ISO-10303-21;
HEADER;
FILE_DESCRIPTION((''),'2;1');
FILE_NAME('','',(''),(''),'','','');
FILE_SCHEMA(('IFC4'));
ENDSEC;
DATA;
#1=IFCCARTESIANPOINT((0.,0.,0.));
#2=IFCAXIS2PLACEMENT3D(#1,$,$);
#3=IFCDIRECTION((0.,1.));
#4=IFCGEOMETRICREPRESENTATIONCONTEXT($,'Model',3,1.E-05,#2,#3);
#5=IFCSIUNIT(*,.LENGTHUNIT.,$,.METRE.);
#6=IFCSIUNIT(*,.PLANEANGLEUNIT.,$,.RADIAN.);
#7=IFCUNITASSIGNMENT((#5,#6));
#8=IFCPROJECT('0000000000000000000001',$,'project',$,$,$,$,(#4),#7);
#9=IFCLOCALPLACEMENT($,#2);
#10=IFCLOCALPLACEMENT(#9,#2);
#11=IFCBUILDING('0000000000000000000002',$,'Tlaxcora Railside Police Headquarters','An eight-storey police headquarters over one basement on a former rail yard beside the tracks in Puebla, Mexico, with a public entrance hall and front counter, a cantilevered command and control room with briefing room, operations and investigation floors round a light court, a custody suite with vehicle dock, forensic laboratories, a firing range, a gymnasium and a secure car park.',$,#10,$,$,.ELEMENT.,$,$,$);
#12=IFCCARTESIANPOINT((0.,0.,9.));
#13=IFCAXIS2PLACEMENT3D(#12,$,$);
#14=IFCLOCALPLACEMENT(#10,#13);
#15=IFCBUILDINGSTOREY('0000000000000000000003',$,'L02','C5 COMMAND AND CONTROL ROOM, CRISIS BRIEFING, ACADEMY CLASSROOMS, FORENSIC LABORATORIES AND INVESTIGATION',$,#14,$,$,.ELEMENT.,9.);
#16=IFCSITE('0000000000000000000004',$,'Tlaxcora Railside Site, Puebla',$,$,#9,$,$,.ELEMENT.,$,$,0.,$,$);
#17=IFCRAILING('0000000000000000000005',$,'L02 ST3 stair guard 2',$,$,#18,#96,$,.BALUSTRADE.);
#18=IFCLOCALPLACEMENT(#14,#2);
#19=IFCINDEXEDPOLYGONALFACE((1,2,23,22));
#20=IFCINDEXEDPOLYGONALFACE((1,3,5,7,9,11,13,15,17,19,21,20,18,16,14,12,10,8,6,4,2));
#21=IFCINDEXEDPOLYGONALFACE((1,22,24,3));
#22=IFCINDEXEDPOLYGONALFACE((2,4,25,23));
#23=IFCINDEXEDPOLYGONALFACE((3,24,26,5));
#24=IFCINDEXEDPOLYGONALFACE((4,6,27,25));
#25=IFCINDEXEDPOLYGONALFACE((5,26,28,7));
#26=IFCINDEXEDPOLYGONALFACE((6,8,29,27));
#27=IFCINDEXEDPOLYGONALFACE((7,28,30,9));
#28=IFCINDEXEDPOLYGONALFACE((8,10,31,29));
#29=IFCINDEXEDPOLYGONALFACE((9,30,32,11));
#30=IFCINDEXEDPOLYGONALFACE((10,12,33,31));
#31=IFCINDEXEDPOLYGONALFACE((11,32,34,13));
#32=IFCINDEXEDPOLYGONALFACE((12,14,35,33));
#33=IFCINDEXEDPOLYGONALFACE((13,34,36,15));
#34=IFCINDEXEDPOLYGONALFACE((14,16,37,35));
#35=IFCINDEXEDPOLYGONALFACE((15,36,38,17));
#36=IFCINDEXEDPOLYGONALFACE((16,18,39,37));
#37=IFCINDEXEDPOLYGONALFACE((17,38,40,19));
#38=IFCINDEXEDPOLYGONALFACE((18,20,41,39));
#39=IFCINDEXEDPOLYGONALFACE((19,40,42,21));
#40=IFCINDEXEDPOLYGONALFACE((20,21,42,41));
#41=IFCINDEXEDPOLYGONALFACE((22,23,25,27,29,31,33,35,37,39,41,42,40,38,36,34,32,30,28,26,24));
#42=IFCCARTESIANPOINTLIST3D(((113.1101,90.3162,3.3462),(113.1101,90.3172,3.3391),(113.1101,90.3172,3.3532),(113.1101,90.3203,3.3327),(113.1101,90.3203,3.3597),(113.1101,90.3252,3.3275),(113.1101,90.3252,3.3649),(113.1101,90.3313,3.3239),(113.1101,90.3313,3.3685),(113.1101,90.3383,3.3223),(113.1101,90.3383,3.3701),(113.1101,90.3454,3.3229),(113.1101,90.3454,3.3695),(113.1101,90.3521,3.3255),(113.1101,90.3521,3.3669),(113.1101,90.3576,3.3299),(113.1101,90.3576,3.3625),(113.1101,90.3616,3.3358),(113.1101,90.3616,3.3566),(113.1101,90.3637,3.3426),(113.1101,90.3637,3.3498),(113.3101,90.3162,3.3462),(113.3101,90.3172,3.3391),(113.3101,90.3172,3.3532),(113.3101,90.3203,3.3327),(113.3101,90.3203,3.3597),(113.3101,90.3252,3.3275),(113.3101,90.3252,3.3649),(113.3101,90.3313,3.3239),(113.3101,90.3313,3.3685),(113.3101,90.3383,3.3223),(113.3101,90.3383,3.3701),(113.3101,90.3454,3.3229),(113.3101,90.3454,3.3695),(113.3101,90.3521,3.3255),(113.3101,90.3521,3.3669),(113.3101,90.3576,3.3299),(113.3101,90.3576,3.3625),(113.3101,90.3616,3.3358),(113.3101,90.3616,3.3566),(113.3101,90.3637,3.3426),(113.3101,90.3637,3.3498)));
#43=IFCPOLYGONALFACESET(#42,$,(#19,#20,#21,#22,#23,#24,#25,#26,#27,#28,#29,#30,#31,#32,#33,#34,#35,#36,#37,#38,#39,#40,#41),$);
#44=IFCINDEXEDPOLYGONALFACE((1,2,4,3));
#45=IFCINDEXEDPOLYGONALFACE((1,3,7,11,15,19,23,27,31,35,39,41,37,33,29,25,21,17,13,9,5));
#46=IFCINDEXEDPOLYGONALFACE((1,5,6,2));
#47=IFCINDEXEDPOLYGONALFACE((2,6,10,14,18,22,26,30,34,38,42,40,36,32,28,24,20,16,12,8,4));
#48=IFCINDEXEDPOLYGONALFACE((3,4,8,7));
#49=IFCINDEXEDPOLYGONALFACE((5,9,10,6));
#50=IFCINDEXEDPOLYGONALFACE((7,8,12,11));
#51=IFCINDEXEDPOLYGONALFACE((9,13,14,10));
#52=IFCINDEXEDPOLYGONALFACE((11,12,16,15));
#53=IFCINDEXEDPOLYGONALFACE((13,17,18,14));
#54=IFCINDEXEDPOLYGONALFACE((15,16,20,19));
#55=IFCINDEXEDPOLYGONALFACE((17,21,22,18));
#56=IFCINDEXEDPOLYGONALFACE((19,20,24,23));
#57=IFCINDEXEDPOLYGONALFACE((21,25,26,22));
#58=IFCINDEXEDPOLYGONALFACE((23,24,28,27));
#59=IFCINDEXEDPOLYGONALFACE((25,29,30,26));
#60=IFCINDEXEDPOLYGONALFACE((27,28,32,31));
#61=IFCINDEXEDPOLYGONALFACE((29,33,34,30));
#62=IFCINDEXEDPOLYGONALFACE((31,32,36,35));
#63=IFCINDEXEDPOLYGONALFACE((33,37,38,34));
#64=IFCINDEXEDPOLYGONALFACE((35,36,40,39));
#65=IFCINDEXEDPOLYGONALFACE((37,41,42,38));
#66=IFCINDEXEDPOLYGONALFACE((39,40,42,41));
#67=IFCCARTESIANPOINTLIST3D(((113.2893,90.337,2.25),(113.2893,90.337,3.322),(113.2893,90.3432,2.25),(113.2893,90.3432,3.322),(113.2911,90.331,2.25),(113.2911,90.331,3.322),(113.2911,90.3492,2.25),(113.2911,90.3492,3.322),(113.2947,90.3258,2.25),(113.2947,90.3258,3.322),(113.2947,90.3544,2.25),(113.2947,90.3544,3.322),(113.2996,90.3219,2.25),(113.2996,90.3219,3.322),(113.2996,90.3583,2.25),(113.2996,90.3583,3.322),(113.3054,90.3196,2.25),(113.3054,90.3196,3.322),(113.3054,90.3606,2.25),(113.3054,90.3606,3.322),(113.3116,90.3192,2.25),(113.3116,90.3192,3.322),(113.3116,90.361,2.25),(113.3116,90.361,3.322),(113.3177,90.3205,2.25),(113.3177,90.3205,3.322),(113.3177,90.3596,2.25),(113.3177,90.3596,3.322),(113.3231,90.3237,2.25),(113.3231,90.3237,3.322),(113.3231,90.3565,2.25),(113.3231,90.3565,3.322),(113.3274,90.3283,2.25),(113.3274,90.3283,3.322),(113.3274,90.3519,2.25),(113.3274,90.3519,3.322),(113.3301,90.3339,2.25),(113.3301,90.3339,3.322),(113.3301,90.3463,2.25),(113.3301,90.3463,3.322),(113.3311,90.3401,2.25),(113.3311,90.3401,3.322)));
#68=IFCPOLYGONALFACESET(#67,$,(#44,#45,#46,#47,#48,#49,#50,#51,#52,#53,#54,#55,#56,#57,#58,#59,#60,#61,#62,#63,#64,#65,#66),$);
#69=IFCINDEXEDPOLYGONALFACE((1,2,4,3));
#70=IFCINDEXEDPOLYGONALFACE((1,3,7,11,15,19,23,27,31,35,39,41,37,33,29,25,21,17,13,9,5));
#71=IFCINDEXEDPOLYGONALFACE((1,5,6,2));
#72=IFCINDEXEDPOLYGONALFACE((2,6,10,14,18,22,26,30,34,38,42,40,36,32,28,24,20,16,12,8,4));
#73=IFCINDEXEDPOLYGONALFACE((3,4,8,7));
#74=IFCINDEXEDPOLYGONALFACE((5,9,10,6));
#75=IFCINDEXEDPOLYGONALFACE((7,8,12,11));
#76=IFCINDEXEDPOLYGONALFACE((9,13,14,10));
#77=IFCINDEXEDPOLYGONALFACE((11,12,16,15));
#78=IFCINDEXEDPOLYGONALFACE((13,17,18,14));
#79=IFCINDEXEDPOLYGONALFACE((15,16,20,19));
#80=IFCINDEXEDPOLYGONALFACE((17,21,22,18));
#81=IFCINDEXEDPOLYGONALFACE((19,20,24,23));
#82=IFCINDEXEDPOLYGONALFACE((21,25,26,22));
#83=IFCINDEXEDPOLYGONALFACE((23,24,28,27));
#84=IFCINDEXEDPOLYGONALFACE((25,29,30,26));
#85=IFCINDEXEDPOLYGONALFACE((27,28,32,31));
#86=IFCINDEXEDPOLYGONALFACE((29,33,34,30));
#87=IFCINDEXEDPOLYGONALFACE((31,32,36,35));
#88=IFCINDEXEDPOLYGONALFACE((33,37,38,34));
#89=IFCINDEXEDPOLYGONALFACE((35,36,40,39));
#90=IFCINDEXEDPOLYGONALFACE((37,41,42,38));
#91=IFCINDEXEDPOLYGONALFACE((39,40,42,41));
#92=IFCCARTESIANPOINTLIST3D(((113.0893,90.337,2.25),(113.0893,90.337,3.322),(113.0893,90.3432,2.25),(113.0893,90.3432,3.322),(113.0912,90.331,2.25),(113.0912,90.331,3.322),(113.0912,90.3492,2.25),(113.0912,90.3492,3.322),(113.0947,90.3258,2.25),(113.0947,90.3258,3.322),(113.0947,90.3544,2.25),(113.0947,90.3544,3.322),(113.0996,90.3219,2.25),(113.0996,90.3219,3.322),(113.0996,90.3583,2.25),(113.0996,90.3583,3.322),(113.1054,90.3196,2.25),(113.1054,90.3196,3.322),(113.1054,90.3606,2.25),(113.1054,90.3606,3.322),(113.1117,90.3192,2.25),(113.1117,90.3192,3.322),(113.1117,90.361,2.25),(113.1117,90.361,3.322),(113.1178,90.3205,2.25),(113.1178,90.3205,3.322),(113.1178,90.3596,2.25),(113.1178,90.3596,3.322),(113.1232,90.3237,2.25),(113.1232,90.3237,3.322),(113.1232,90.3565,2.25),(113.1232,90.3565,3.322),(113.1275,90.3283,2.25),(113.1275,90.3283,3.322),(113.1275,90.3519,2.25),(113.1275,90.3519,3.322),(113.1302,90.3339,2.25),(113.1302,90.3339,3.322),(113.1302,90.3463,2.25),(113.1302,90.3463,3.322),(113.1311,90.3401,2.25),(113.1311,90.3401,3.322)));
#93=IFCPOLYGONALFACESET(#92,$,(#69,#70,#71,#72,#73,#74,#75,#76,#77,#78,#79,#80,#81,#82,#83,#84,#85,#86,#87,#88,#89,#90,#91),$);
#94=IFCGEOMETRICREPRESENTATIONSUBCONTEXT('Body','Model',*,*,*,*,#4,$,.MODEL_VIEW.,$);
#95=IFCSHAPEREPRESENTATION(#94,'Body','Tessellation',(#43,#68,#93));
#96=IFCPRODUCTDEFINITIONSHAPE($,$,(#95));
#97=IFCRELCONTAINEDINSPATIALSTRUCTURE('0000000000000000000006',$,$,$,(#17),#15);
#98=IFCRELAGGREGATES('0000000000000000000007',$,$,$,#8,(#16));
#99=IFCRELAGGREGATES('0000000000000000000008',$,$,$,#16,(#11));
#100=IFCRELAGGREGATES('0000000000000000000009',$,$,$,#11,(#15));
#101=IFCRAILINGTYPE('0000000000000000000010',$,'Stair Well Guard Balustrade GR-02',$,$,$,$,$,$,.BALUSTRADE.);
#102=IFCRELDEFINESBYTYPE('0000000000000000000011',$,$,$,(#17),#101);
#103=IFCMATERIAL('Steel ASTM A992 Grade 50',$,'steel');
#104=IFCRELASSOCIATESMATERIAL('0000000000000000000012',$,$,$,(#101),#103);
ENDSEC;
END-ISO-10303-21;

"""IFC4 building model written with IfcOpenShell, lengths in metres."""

from ifc_helpers import new_model, si_unit, direction, frame, origin, origin_2d, place, context, subcontext, project, spatial, circle, extrude, material, type_object, element, save


model = new_model("IFC4")

# Units and contexts
model_context = context("Model", 3, precision=1e-05, world=origin(), true_north=direction((0.0, 1.0)))
body_context = subcontext(model_context, "Body", "Model", "MODEL_VIEW")
ifc_project = project(units=[si_unit("LENGTHUNIT", "METRE"), si_unit("PLANEANGLEUNIT", "RADIAN")], contexts=[model_context])

# Site, building, storey
site_placement = place(None, origin())
site = spatial("IfcSite", under=ifc_project, at=site_placement, Name="Tlaxcora Railside Site, Puebla", CompositionType="ELEMENT", RefElevation=0.0)
building_placement = place(site_placement, origin())
building = spatial("IfcBuilding", under=site, at=building_placement, Name="Tlaxcora Railside Police Headquarters", Description="An eight-storey police headquarters over one basement on a former rail yard beside the tracks in Puebla, Mexico, with a public entrance hall and front counter, a cantilevered command and control room with briefing room, operations and investigation floors round a light court, a custody suite with vehicle dock, forensic laboratories, a firing range, a gymnasium and a secure car park.", CompositionType="ELEMENT")
storey_placement = place(building_placement, frame((0.0, 0.0, 9.0)))
storey = spatial("IfcBuildingStorey", under=building, at=storey_placement, Name="L02", Description="C5 COMMAND AND CONTROL ROOM, CRISIS BRIEFING, ACADEMY CLASSROOMS, FORENSIC LABORATORIES AND INVESTIGATION", CompositionType="ELEMENT", Elevation=9.0)

# Railing
ifc_material_1 = material(Name="Steel ASTM A992 Grade 50", Category="steel")
railing_type = type_object("IfcRailingType", Name="Stair Well Guard Balustrade GR-02", PredefinedType="BALUSTRADE", material=ifc_material_1)
railing_1_placement = place(storey_placement, frame((113.3101, 90.3401, 2.25)))
element("IfcRailing", 1, at=railing_1_placement, inside=storey, type_object=railing_type, Name="L02 ST3 stair guard 2", PredefinedType="BALUSTRADE", context=body_context, shape_type="SweptSolid", body=[
    extrude(circle(Radius=0.0239, at=origin_2d()), frame((0.0, 0.0, 1.0962), z_axis=(-1.0, 0.0, 0.0), x_axis=(0.0, -1.0, 0.0)), (0.0, 0.0, 1.0), 0.2),
    extrude(circle(Radius=0.021, at=origin_2d()), origin(), (0.0, 0.0, 1.0), 1.072),
    extrude(circle(Radius=0.021, at=origin_2d()), frame((-0.2, 0.0, 0.0)), (0.0, 0.0, 1.0), 1.072),
])

save(model, "model.ifc")
